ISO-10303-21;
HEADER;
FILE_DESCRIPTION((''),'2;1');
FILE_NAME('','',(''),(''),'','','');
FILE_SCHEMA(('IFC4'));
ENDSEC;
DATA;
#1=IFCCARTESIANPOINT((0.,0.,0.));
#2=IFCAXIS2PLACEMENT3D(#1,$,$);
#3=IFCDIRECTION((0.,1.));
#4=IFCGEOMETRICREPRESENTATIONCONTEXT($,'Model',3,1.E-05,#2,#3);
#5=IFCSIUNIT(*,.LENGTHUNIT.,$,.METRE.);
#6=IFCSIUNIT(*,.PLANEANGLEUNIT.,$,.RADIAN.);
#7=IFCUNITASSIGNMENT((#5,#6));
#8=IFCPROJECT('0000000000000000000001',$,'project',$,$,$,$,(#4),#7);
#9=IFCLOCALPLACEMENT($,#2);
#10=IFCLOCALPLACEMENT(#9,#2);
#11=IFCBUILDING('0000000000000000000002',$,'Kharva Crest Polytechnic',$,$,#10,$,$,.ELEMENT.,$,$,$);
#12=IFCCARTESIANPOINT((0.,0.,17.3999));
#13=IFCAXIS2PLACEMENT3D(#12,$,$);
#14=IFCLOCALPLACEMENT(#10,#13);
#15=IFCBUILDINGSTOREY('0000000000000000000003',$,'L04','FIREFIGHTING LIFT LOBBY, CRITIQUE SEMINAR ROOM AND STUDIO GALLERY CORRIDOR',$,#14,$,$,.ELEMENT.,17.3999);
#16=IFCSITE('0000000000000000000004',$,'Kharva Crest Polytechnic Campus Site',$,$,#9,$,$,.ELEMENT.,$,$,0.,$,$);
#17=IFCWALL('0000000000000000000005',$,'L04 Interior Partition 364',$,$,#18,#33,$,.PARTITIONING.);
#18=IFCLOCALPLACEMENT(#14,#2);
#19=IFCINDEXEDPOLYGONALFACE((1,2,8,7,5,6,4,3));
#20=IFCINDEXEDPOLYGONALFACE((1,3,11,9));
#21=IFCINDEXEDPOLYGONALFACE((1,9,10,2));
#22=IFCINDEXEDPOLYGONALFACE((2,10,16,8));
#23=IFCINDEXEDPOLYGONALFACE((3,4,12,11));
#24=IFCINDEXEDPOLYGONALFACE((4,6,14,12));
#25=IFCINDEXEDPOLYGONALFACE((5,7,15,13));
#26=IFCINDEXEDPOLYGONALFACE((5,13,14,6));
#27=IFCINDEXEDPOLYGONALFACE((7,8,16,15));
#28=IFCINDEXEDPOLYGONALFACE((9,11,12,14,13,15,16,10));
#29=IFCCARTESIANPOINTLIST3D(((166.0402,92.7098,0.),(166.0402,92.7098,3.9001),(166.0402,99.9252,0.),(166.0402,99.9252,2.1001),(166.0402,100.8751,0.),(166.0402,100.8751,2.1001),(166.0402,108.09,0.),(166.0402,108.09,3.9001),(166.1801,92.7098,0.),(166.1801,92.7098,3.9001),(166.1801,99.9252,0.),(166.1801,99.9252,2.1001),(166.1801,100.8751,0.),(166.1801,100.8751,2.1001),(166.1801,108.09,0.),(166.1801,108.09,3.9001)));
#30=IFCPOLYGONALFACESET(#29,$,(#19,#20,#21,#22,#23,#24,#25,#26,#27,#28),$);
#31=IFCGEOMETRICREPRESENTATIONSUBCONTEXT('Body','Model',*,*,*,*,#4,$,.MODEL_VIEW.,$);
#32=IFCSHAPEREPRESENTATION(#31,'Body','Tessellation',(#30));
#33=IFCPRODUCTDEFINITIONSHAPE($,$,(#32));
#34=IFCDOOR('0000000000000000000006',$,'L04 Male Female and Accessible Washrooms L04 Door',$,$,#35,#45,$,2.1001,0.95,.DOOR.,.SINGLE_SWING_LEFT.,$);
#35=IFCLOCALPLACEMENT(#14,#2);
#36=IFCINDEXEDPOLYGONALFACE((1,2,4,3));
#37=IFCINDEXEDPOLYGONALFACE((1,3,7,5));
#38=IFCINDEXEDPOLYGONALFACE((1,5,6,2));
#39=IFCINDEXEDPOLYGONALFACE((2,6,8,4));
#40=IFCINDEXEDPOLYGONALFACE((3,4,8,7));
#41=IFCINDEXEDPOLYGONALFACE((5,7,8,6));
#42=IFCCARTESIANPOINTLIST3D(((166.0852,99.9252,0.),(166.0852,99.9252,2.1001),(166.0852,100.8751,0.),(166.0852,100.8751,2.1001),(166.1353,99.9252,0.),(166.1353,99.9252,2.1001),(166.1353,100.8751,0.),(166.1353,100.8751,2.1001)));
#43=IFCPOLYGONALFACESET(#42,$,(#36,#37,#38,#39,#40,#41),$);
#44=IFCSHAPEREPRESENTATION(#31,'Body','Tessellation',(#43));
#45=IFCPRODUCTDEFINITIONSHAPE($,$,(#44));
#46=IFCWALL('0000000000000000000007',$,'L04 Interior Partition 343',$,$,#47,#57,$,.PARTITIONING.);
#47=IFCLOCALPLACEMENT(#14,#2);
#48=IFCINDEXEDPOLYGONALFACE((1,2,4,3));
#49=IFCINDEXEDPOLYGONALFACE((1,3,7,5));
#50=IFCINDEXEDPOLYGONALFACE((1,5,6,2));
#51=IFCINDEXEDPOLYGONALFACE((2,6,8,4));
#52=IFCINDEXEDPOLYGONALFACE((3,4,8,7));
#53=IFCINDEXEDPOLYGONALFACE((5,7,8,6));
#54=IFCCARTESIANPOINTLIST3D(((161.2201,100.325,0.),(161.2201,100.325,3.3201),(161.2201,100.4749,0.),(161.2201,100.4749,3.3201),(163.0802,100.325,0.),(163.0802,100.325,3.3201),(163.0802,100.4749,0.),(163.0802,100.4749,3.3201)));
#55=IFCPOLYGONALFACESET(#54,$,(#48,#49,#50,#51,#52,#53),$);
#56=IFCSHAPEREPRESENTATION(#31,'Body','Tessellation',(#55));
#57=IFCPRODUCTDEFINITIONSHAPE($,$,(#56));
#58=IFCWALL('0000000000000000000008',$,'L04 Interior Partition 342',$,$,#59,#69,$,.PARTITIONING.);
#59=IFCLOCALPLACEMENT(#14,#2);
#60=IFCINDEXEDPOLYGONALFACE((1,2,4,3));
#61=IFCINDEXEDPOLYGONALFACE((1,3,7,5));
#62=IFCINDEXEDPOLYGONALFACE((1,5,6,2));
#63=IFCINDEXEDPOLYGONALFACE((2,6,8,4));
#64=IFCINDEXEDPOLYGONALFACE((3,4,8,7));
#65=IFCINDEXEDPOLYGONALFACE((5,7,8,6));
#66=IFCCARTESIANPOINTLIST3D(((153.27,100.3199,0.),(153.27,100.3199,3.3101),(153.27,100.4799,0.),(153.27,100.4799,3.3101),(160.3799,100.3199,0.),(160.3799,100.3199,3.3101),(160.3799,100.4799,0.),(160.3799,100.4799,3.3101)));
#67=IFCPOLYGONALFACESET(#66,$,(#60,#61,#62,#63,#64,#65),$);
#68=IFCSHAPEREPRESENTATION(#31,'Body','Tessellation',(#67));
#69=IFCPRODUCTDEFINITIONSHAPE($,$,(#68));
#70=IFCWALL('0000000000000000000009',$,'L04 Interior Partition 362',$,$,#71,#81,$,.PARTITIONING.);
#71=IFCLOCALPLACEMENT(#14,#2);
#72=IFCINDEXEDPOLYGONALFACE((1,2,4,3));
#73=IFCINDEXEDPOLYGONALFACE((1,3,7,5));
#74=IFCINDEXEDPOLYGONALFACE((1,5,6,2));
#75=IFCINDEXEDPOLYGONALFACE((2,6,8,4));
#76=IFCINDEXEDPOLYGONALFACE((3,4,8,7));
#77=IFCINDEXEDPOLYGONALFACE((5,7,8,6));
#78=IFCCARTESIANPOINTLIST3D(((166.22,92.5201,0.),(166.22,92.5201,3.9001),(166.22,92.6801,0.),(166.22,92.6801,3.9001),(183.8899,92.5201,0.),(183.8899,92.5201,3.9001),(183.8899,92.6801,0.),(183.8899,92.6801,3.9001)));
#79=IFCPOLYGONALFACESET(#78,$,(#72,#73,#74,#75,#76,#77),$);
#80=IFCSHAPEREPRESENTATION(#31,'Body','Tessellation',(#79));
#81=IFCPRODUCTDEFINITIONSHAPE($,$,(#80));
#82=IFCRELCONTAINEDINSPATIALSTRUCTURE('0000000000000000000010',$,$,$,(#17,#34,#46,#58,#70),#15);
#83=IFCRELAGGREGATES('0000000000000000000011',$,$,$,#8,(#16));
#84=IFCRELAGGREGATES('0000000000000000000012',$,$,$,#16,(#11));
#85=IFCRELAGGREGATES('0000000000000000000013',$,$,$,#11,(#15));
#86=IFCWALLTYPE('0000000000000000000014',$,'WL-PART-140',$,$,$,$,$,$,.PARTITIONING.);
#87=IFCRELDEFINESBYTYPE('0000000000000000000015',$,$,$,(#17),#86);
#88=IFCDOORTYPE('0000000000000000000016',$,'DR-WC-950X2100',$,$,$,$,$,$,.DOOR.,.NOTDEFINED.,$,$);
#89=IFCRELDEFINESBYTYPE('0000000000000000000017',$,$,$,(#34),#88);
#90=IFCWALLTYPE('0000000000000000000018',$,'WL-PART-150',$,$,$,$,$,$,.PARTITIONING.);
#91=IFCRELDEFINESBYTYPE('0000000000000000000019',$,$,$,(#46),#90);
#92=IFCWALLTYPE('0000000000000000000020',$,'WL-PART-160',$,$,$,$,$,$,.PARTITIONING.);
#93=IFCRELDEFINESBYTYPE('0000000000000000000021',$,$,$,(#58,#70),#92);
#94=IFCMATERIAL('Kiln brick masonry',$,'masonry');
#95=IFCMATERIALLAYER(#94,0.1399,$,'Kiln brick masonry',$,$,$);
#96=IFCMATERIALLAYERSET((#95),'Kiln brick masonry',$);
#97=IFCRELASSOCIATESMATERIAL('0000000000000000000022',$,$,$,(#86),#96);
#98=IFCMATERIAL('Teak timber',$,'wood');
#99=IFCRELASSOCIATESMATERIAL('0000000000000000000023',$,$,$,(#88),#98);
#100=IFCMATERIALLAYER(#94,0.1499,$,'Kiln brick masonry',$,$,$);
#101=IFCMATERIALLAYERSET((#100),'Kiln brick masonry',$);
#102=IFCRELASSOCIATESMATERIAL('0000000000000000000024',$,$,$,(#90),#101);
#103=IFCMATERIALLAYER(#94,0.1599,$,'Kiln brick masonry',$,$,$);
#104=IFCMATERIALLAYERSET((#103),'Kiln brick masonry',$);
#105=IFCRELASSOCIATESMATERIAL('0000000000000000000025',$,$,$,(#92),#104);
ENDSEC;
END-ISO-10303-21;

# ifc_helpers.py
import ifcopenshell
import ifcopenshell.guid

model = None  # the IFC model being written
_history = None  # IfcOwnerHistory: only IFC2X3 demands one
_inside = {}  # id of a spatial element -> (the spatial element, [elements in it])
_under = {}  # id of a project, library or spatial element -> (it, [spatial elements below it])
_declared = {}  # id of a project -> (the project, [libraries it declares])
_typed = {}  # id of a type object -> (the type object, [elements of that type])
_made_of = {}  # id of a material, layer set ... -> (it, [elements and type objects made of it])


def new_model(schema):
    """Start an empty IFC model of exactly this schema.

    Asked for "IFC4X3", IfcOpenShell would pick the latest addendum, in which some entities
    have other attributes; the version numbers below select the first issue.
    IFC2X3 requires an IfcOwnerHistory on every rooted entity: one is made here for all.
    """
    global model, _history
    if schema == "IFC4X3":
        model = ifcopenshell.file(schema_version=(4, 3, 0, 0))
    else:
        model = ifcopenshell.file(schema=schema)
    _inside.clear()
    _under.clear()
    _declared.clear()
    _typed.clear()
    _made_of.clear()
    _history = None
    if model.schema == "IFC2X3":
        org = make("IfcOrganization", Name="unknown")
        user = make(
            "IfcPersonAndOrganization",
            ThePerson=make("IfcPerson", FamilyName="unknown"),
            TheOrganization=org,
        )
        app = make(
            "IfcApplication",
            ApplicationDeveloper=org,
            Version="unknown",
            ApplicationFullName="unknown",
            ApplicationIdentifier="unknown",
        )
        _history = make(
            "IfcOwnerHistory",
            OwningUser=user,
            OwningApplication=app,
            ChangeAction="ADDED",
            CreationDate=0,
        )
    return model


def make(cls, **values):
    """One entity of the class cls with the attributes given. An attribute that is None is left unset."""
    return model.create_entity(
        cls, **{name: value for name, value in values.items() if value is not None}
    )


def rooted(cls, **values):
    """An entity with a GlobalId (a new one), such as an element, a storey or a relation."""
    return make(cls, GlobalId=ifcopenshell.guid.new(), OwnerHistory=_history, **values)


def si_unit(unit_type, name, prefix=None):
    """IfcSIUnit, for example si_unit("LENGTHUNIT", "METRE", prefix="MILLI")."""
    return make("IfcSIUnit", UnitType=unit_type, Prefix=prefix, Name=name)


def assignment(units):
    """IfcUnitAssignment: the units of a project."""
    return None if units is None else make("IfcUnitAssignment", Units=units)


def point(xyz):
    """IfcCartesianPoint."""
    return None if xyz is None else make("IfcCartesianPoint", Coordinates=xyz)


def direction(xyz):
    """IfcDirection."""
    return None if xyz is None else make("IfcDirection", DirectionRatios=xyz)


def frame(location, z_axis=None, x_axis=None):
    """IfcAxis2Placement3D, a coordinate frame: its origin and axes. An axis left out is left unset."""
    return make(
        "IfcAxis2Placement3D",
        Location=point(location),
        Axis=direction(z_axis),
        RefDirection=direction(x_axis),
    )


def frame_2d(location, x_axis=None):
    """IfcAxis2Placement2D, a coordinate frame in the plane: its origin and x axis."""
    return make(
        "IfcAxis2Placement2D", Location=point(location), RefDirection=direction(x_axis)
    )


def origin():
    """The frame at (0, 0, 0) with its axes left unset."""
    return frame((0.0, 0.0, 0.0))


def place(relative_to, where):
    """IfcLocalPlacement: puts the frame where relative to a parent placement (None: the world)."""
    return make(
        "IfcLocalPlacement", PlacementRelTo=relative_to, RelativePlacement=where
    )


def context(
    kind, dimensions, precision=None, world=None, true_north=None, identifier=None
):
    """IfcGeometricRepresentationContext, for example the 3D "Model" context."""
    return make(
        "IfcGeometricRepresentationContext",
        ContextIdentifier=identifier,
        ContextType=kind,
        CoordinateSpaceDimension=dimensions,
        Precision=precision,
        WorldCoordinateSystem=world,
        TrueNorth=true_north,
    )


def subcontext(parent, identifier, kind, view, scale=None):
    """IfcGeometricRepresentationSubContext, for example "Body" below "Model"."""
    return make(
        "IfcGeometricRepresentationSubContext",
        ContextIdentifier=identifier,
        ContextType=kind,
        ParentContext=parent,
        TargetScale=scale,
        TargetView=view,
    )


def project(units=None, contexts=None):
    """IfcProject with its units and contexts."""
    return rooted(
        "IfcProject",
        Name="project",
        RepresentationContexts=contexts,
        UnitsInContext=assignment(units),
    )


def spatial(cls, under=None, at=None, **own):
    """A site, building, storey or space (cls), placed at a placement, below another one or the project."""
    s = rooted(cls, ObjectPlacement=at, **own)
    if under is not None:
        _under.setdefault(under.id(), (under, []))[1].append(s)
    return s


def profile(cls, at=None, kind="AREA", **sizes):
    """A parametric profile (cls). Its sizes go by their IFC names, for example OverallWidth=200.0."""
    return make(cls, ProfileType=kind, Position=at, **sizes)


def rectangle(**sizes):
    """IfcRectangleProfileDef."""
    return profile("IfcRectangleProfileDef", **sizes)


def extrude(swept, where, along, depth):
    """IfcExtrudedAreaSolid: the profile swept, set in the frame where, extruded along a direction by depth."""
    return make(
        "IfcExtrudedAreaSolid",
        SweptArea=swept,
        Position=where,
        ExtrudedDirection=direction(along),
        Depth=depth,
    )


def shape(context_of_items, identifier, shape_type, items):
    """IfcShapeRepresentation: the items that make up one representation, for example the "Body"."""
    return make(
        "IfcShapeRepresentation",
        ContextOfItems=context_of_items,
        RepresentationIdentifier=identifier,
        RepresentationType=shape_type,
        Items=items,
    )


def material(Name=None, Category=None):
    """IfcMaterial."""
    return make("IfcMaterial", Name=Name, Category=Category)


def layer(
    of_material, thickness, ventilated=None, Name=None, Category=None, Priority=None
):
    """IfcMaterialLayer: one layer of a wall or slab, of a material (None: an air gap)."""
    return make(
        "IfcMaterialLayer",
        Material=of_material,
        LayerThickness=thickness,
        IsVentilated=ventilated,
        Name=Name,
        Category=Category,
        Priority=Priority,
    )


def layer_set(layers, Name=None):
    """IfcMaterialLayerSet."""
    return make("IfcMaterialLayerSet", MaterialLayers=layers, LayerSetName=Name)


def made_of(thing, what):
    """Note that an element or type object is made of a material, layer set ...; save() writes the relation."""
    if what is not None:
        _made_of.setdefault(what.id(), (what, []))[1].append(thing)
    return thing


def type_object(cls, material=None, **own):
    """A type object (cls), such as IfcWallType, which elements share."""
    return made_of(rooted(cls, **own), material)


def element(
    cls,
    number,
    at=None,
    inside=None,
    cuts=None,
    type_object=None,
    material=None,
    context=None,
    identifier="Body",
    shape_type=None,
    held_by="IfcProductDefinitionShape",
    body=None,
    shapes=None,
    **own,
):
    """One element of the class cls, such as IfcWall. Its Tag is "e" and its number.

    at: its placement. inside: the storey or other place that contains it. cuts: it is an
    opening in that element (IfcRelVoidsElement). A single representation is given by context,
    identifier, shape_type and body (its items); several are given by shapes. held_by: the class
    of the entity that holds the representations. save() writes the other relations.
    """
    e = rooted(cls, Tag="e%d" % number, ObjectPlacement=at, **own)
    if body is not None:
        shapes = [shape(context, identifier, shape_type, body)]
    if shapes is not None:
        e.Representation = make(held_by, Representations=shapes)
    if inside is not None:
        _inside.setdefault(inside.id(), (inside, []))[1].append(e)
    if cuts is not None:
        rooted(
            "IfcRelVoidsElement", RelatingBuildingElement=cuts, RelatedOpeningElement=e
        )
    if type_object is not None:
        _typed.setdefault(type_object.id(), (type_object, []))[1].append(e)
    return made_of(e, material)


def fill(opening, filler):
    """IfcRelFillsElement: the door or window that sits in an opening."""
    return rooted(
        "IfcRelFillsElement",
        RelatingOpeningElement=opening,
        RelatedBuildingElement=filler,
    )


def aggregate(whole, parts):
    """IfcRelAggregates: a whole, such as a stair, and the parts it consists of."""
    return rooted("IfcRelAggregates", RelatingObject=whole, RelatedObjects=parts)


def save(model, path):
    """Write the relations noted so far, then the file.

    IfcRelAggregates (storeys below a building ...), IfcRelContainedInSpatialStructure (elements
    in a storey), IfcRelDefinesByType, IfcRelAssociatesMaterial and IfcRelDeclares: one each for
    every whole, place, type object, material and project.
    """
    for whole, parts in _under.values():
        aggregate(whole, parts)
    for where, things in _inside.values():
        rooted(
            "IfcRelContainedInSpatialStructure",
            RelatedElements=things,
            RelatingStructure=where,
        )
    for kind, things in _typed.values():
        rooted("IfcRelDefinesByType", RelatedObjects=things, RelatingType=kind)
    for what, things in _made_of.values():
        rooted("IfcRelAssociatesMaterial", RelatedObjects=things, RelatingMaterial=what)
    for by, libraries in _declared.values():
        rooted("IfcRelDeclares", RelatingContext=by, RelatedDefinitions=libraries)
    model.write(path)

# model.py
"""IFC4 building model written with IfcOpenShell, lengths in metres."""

from ifc_helpers import new_model, si_unit, direction, frame, frame_2d, origin, place, context, subcontext, project, spatial, rectangle, extrude, material, layer, layer_set, type_object, element, fill, save


model = new_model("IFC4")

# Units and contexts
model_context = context("Model", 3, precision=1e-05, world=origin(), true_north=direction((0.0, 1.0)))
body_context = subcontext(model_context, "Body", "Model", "MODEL_VIEW")
ifc_project = project(units=[si_unit("LENGTHUNIT", "METRE"), si_unit("PLANEANGLEUNIT", "RADIAN")], contexts=[model_context])

# Site, building, storey
site_placement = place(None, origin())
site = spatial("IfcSite", under=ifc_project, at=site_placement, Name="Kharva Crest Polytechnic Campus Site", CompositionType="ELEMENT", RefElevation=0.0)
building_placement = place(site_placement, origin())
building = spatial("IfcBuilding", under=site, at=building_placement, Name="Kharva Crest Polytechnic", CompositionType="ELEMENT")
storey_placement = place(building_placement, frame((0.0, 0.0, 17.3999)))
storey = spatial("IfcBuildingStorey", under=building, at=storey_placement, Name="L04", Description="FIREFIGHTING LIFT LOBBY, CRITIQUE SEMINAR ROOM AND STUDIO GALLERY CORRIDOR", CompositionType="ELEMENT", Elevation=17.3999)

# Shared definitions
ifc_material_1 = material(Name="Kiln brick masonry", Category="masonry")

# Wall, opening, door
ifc_layer_1 = layer(ifc_material_1, 0.1399, Name="Kiln brick masonry")
ifc_layer_set_1 = layer_set([ifc_layer_1], Name="Kiln brick masonry")
wall_type_1 = type_object("IfcWallType", Name="WL-PART-140", PredefinedType="PARTITIONING", material=ifc_layer_set_1)
wall_1_placement = place(storey_placement, frame((166.1101, 92.71, 0.0), z_axis=(0.0, 0.0, 1.0), x_axis=(0.0, 1.0, 0.0)))
wall_1 = element("IfcWall", 1, at=wall_1_placement, inside=storey, type_object=wall_type_1, Name="L04 Interior Partition 364", PredefinedType="PARTITIONING", context=body_context, shape_type="SweptSolid", body=[
    extrude(rectangle(XDim=15.3801, YDim=0.1399, at=frame_2d((7.6899, 0.0))), origin(), (0.0, 0.0, 1.0), 3.9001),
])
opening_placement = place(wall_1_placement, frame((7.2151, 0.0, 0.0)))
opening = element("IfcOpeningElement", 2, at=opening_placement, cuts=wall_1, PredefinedType="OPENING", context=body_context, shape_type="SweptSolid", body=[
    extrude(rectangle(XDim=0.95, YDim=2.1001, at=frame_2d((0.4751, 1.05))), frame((0.0, 0.0798, 0.0), z_axis=(0.0, -1.0, 0.0), x_axis=(1.0, 0.0, 0.0)), (0.0, 0.0, 1.0), 0.1599),
])
ifc_material_2 = material(Name="Teak timber", Category="wood")
door_type = type_object("IfcDoorType", Name="DR-WC-950X2100", OperationType="NOTDEFINED", PredefinedType="DOOR", material=ifc_material_2)
door_placement = place(opening_placement, origin())
door = element("IfcDoor", 3, at=door_placement, inside=storey, type_object=door_type, Name="L04 Male Female and Accessible Washrooms L04 Door", OperationType="SINGLE_SWING_LEFT", OverallHeight=2.1001, OverallWidth=0.95, PredefinedType="DOOR", context=body_context, shape_type="SweptSolid", body=[
    extrude(rectangle(XDim=0.95, YDim=2.1001, at=frame_2d((0.4751, 1.05))), frame((0.0, 0.0249, 0.0), z_axis=(0.0, -1.0, 0.0), x_axis=(1.0, 0.0, 0.0)), (0.0, 0.0, 1.0), 0.05),
])
fill(opening, door)

# Walls
ifc_layer_2 = layer(ifc_material_1, 0.1499, Name="Kiln brick masonry")
ifc_layer_set_2 = layer_set([ifc_layer_2], Name="Kiln brick masonry")
wall_type_2 = type_object("IfcWallType", Name="WL-PART-150", PredefinedType="PARTITIONING", material=ifc_layer_set_2)
wall_2_placement = place(storey_placement, frame((161.22, 100.3999, 0.0), z_axis=(0.0, 0.0, 1.0), x_axis=(1.0, 0.0, 0.0)))
element("IfcWall", 4, at=wall_2_placement, inside=storey, type_object=wall_type_2, Name="L04 Interior Partition 343", PredefinedType="PARTITIONING", context=body_context, shape_type="SweptSolid", body=[
    extrude(rectangle(XDim=1.8601, YDim=0.1499, at=frame_2d((0.9302, 0.0))), origin(), (0.0, 0.0, 1.0), 3.3201),
])
ifc_layer_3 = layer(ifc_material_1, 0.1599, Name="Kiln brick masonry")
ifc_layer_set_3 = layer_set([ifc_layer_3], Name="Kiln brick masonry")
wall_type_3 = type_object("IfcWallType", Name="WL-PART-160", PredefinedType="PARTITIONING", material=ifc_layer_set_3)
wall_3_placement = place(storey_placement, frame((153.27, 100.3999, 0.0), z_axis=(0.0, 0.0, 1.0), x_axis=(1.0, 0.0, 0.0)))
element("IfcWall", 5, at=wall_3_placement, inside=storey, type_object=wall_type_3, Name="L04 Interior Partition 342", PredefinedType="PARTITIONING", context=body_context, shape_type="SweptSolid", body=[
    extrude(rectangle(XDim=7.1099, YDim=0.1599, at=frame_2d((3.5549, 0.0))), origin(), (0.0, 0.0, 1.0), 3.3101),
])
wall_4_placement = place(storey_placement, frame((166.22, 92.6001, 0.0), z_axis=(0.0, 0.0, 1.0), x_axis=(1.0, 0.0, 0.0)))
element("IfcWall", 6, at=wall_4_placement, inside=storey, type_object=wall_type_3, Name="L04 Interior Partition 362", PredefinedType="PARTITIONING", context=body_context, shape_type="SweptSolid", body=[
    extrude(rectangle(XDim=17.6699, YDim=0.1599, at=frame_2d((8.835, 0.0))), origin(), (0.0, 0.0, 1.0), 3.9001),
])

save(model, "model.ifc")
